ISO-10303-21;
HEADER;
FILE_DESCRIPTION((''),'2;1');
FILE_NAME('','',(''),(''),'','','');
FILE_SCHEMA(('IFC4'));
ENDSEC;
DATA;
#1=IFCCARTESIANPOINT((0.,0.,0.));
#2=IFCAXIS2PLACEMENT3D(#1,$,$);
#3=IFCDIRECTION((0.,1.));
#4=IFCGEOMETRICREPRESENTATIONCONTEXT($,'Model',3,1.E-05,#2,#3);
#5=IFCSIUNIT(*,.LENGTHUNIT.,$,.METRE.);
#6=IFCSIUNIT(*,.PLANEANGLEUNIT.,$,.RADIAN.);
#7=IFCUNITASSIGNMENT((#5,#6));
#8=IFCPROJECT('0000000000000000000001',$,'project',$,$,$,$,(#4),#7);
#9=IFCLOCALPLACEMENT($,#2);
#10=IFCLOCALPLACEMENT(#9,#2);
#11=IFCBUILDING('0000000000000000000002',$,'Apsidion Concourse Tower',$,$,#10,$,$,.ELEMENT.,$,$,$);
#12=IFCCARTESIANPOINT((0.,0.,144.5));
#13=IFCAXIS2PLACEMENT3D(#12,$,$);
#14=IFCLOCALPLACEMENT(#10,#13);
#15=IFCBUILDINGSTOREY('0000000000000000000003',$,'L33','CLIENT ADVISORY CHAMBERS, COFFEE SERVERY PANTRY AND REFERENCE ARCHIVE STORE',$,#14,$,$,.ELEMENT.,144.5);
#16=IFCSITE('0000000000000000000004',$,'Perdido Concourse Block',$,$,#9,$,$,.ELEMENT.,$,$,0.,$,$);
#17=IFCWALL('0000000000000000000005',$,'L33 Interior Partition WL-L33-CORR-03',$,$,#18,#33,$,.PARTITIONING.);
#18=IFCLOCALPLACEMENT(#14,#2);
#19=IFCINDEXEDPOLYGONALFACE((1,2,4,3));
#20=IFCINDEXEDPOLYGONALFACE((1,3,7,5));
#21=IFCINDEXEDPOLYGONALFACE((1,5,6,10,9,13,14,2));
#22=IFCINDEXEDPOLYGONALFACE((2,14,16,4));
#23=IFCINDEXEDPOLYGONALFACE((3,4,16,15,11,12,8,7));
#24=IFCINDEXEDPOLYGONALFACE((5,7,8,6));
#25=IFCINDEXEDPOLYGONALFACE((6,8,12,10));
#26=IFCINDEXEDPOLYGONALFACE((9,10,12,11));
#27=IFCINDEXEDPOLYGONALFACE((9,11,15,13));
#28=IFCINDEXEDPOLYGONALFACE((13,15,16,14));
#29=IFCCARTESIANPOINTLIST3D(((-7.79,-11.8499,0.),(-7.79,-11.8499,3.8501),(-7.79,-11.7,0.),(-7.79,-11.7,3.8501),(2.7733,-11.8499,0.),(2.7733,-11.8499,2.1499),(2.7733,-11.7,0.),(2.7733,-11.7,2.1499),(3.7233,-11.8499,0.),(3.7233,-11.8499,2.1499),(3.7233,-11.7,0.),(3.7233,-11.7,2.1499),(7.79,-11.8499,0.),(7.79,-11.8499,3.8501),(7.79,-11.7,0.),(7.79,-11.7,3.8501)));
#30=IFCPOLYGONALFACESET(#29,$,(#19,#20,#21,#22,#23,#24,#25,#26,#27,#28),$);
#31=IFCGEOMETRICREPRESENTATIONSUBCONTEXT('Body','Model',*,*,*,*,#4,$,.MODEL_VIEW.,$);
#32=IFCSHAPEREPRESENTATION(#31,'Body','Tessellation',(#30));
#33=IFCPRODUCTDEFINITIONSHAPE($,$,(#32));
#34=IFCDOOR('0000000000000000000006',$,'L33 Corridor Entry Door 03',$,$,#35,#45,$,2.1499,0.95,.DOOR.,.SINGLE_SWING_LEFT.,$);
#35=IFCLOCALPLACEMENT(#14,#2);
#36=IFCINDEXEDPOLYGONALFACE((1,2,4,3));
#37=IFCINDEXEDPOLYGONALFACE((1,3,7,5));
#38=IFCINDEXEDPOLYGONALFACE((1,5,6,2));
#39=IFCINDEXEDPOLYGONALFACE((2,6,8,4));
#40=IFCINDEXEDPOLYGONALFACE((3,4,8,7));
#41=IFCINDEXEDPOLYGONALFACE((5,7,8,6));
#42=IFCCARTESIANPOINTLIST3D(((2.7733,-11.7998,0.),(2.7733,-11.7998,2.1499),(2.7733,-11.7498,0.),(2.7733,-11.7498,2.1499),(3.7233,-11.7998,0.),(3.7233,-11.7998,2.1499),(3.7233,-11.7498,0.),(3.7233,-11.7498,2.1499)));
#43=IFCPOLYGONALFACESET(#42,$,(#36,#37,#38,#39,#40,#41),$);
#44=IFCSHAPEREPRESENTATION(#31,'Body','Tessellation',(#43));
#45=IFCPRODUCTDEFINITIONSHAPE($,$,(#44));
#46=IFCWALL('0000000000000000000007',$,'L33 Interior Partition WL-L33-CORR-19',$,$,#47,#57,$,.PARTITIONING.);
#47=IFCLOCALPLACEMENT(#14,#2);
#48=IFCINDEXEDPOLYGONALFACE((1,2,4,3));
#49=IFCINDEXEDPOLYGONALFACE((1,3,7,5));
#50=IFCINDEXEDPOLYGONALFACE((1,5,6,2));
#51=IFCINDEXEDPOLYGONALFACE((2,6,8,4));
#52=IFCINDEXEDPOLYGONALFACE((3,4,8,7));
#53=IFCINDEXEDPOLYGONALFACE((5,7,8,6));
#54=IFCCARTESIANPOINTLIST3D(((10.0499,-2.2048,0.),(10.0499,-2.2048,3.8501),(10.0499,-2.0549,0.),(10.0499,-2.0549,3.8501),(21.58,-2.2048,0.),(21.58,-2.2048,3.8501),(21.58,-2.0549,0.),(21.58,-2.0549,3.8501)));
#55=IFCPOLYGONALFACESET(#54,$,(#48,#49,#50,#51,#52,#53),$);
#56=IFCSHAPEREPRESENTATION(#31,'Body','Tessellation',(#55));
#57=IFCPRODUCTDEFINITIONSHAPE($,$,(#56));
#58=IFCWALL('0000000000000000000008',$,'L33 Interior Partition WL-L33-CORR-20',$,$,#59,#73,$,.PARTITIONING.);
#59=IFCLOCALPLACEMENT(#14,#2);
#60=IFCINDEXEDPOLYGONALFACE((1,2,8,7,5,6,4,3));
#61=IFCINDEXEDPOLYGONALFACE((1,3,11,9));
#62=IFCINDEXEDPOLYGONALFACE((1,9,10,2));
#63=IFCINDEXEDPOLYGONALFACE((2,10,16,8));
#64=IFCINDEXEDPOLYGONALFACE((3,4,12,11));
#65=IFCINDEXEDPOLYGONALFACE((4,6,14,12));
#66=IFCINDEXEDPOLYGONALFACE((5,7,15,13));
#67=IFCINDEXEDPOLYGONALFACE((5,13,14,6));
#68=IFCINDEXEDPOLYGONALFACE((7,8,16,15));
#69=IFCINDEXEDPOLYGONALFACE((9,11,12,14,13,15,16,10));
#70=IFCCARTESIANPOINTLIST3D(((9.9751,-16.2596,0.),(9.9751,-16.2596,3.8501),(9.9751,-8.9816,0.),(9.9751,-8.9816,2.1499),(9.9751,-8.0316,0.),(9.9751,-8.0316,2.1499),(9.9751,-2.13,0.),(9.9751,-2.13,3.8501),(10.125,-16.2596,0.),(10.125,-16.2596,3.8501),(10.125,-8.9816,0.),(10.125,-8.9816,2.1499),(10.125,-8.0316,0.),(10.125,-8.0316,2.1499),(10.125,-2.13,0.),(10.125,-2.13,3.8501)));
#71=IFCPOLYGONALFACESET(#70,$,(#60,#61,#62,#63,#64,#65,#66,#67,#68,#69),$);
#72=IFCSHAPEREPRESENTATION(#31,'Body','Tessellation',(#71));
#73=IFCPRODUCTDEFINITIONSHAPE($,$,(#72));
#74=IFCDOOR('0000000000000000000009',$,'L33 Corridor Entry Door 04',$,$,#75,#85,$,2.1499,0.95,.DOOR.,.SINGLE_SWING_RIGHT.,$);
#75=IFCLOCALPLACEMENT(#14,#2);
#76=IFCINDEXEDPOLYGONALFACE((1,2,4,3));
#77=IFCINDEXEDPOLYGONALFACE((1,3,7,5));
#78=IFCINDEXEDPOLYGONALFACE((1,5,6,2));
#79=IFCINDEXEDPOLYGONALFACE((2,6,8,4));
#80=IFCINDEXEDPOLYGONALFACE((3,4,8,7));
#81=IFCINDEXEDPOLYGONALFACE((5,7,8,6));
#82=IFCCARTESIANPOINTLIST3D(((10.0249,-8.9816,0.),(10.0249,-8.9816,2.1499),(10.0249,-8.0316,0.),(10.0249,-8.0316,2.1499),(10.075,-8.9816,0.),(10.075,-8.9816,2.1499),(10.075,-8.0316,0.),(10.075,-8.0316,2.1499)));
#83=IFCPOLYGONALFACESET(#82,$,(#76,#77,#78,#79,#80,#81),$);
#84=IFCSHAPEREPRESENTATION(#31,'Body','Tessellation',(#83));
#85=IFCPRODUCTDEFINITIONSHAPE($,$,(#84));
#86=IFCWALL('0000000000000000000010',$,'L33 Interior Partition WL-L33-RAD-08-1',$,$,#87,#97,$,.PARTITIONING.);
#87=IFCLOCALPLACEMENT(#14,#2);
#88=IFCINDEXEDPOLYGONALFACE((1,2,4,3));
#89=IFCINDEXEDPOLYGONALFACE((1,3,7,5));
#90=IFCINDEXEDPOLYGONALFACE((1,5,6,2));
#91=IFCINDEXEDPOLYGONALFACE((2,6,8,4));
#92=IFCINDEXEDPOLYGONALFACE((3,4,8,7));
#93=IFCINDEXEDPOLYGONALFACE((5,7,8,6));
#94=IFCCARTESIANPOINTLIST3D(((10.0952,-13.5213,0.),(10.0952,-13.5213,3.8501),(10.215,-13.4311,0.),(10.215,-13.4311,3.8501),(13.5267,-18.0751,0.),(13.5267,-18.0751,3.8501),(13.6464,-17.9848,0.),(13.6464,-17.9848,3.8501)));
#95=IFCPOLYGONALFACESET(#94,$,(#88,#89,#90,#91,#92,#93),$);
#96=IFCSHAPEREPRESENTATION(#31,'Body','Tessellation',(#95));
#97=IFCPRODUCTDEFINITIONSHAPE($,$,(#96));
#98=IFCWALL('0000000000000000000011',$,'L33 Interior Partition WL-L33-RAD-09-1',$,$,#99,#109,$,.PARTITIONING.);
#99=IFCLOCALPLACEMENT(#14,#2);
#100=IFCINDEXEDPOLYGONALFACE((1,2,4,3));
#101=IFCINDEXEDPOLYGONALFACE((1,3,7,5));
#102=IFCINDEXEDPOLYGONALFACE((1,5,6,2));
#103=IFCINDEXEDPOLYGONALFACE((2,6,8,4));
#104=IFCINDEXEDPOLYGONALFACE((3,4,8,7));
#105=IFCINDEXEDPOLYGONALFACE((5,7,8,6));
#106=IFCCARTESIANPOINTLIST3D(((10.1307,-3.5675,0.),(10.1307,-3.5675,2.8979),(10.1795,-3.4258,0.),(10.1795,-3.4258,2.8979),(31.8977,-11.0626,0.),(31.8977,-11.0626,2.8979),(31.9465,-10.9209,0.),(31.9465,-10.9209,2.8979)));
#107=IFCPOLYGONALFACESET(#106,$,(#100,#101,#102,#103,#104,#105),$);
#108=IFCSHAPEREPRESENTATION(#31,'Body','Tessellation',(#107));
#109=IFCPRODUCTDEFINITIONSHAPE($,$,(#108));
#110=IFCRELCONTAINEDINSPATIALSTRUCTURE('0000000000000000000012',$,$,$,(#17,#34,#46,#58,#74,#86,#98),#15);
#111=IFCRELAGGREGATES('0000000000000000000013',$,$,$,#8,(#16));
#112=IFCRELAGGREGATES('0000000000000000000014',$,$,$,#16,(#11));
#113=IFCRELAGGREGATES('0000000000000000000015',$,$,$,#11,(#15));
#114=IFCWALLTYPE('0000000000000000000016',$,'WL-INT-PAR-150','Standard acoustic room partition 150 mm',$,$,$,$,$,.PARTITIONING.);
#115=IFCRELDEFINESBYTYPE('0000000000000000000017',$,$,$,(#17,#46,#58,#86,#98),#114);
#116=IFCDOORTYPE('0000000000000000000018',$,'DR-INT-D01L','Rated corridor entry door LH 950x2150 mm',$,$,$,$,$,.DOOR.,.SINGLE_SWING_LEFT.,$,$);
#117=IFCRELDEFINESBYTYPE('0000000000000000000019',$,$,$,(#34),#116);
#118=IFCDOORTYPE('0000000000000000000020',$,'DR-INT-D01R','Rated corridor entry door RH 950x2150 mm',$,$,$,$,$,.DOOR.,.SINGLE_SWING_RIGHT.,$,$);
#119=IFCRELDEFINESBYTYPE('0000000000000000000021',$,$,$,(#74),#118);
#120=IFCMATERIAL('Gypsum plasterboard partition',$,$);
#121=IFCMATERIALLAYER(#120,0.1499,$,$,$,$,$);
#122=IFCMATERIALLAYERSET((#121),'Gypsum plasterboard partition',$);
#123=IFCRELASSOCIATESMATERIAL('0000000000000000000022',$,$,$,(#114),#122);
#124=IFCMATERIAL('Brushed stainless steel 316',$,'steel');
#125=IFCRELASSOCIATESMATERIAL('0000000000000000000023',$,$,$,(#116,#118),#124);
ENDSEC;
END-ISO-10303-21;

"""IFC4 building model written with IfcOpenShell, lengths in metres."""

from ifc_helpers import new_model, si_unit, direction, frame, frame_2d, origin, place, context, subcontext, project, spatial, rectangle, extrude, material, layer, layer_set, type_object, element, fill, save


model = new_model("IFC4")

# Units and contexts
model_context = context("Model", 3, precision=1e-05, world=origin(), true_north=direction((0.0, 1.0)))
body_context = subcontext(model_context, "Body", "Model", "MODEL_VIEW")
ifc_project = project(units=[si_unit("LENGTHUNIT", "METRE"), si_unit("PLANEANGLEUNIT", "RADIAN")], contexts=[model_context])

# Site, building, storey
site_placement = place(None, origin())
site = spatial("IfcSite", under=ifc_project, at=site_placement, Name="Perdido Concourse Block", CompositionType="ELEMENT", RefElevation=0.0)
building_placement = place(site_placement, origin())
building = spatial("IfcBuilding", under=site, at=building_placement, Name="Apsidion Concourse Tower", CompositionType="ELEMENT")
storey_placement = place(building_placement, frame((0.0, 0.0, 144.5)))
storey = spatial("IfcBuildingStorey", under=building, at=storey_placement, Name="L33", Description="CLIENT ADVISORY CHAMBERS, COFFEE SERVERY PANTRY AND REFERENCE ARCHIVE STORE", CompositionType="ELEMENT", Elevation=144.5)

# Shared definitions
ifc_material_1 = material(Name="Gypsum plasterboard partition")
ifc_layer_1 = layer(ifc_material_1, 0.1499)
ifc_layer_set_1 = layer_set([ifc_layer_1], Name="Gypsum plasterboard partition")
wall_type_1 = type_object("IfcWallType", Name="WL-INT-PAR-150", Description="Standard acoustic room partition 150 mm", PredefinedType="PARTITIONING", material=ifc_layer_set_1)

# Wall, opening, door
wall_1_placement = place(storey_placement, frame((7.79, -11.7749, 0.0), z_axis=(0.0, 0.0, 1.0), x_axis=(-1.0, 0.0, 0.0)))
wall_1 = element("IfcWall", 1, at=wall_1_placement, inside=storey, type_object=wall_type_1, Name="L33 Interior Partition WL-L33-CORR-03", PredefinedType="PARTITIONING", context=body_context, shape_type="SweptSolid", body=[
    extrude(rectangle(XDim=15.5801, YDim=0.1499, at=frame_2d((7.79, 0.0))), origin(), (0.0, 0.0, 1.0), 3.8501),
])
opening_1_placement = place(wall_1_placement, frame((4.0667, 0.0, 0.0)))
opening_1 = element("IfcOpeningElement", 2, at=opening_1_placement, cuts=wall_1, PredefinedType="OPENING", context=body_context, shape_type="SweptSolid", body=[
    extrude(rectangle(XDim=0.95, YDim=2.1499, at=frame_2d((0.4751, 1.075))), frame((0.0, 0.085, 0.0), z_axis=(0.0, -1.0, 0.0), x_axis=(1.0, 0.0, 0.0)), (0.0, 0.0, 1.0), 0.1699),
])
ifc_material_2 = material(Name="Brushed stainless steel 316", Category="steel")
door_type_1 = type_object("IfcDoorType", Name="DR-INT-D01L", Description="Rated corridor entry door LH 950x2150 mm", OperationType="SINGLE_SWING_LEFT", PredefinedType="DOOR", material=ifc_material_2)
door_1_placement = place(opening_1_placement, origin())
door_1 = element("IfcDoor", 3, at=door_1_placement, inside=storey, type_object=door_type_1, Name="L33 Corridor Entry Door 03", OperationType="SINGLE_SWING_LEFT", OverallHeight=2.1499, OverallWidth=0.95, PredefinedType="DOOR", context=body_context, shape_type="SweptSolid", body=[
    extrude(rectangle(XDim=0.95, YDim=2.1499, at=frame_2d((0.4751, 1.075))), frame((0.0, 0.0249, 0.0), z_axis=(0.0, -1.0, 0.0), x_axis=(1.0, 0.0, 0.0)), (0.0, 0.0, 1.0), 0.05),
])
fill(opening_1, door_1)

# Wall
wall_2_placement = place(storey_placement, frame((21.5801, -2.1299, 0.0), z_axis=(0.0, 0.0, 1.0), x_axis=(-1.0, 0.0, 0.0)))
element("IfcWall", 4, at=wall_2_placement, inside=storey, type_object=wall_type_1, Name="L33 Interior Partition WL-L33-CORR-19", PredefinedType="PARTITIONING", context=body_context, shape_type="SweptSolid", body=[
    extrude(rectangle(XDim=11.53, YDim=0.1499, at=frame_2d((5.7651, 0.0))), origin(), (0.0, 0.0, 1.0), 3.8501),
])

# Wall, opening, door
wall_3_placement = place(storey_placement, frame((10.05, -2.1299, 0.0), z_axis=(0.0, 0.0, 1.0), x_axis=(0.0, -1.0, 0.0)))
wall_3 = element("IfcWall", 5, at=wall_3_placement, inside=storey, type_object=wall_type_1, Name="L33 Interior Partition WL-L33-CORR-20", PredefinedType="PARTITIONING", context=body_context, shape_type="SweptSolid", body=[
    extrude(rectangle(XDim=14.1296, YDim=0.1499, at=frame_2d((7.0649, 0.0))), origin(), (0.0, 0.0, 1.0), 3.8501),
])
opening_2_placement = place(wall_3_placement, frame((5.9016, 0.0, 0.0)))
opening_2 = element("IfcOpeningElement", 6, at=opening_2_placement, cuts=wall_3, PredefinedType="OPENING", context=body_context, shape_type="SweptSolid", body=[
    extrude(rectangle(XDim=0.95, YDim=2.1499, at=frame_2d((0.4751, 1.075))), frame((0.0, 0.085, 0.0), z_axis=(0.0, -1.0, 0.0), x_axis=(1.0, 0.0, 0.0)), (0.0, 0.0, 1.0), 0.1699),
])
door_type_2 = type_object("IfcDoorType", Name="DR-INT-D01R", Description="Rated corridor entry door RH 950x2150 mm", OperationType="SINGLE_SWING_RIGHT", PredefinedType="DOOR", material=ifc_material_2)
door_2_placement = place(opening_2_placement, origin())
door_2 = element("IfcDoor", 7, at=door_2_placement, inside=storey, type_object=door_type_2, Name="L33 Corridor Entry Door 04", OperationType="SINGLE_SWING_RIGHT", OverallHeight=2.1499, OverallWidth=0.95, PredefinedType="DOOR", context=body_context, shape_type="SweptSolid", body=[
    extrude(rectangle(XDim=0.95, YDim=2.1499, at=frame_2d((0.4751, 1.075))), frame((0.0, 0.0249, 0.0), z_axis=(0.0, -1.0, 0.0), x_axis=(1.0, 0.0, 0.0)), (0.0, 0.0, 1.0), 0.05),
])
fill(opening_2, door_2)

# Walls
wall_4_placement = place(storey_placement, frame((10.155, -13.4761, 0.0), z_axis=(0.0, 0.0, 1.0), x_axis=(0.601807, -0.798641, 0.0)))
element("IfcWall", 8, at=wall_4_placement, inside=storey, type_object=wall_type_1, Name="L33 Interior Partition WL-L33-RAD-08-1", PredefinedType="PARTITIONING", context=body_context, shape_type="SweptSolid", body=[
    extrude(rectangle(XDim=5.7019, YDim=0.1499, at=frame_2d((2.8511, 0.0))), origin(), (0.0, 0.0, 1.0), 3.8501),
])
wall_5_placement = place(storey_placement, frame((10.155, -3.4966, 0.0), z_axis=(0.0, 0.0, 1.0), x_axis=(0.945516, -0.325576, 0.0)))
element("IfcWall", 9, at=wall_5_placement, inside=storey, type_object=wall_type_1, Name="L33 Interior Partition WL-L33-RAD-09-1", PredefinedType="PARTITIONING", context=body_context, shape_type="SweptSolid", body=[
    extrude(rectangle(XDim=23.0212, YDim=0.1499, at=frame_2d((11.5107, 0.0))), origin(), (0.0, 0.0, 1.0), 2.8979),
])

save(model, "model.ifc")
